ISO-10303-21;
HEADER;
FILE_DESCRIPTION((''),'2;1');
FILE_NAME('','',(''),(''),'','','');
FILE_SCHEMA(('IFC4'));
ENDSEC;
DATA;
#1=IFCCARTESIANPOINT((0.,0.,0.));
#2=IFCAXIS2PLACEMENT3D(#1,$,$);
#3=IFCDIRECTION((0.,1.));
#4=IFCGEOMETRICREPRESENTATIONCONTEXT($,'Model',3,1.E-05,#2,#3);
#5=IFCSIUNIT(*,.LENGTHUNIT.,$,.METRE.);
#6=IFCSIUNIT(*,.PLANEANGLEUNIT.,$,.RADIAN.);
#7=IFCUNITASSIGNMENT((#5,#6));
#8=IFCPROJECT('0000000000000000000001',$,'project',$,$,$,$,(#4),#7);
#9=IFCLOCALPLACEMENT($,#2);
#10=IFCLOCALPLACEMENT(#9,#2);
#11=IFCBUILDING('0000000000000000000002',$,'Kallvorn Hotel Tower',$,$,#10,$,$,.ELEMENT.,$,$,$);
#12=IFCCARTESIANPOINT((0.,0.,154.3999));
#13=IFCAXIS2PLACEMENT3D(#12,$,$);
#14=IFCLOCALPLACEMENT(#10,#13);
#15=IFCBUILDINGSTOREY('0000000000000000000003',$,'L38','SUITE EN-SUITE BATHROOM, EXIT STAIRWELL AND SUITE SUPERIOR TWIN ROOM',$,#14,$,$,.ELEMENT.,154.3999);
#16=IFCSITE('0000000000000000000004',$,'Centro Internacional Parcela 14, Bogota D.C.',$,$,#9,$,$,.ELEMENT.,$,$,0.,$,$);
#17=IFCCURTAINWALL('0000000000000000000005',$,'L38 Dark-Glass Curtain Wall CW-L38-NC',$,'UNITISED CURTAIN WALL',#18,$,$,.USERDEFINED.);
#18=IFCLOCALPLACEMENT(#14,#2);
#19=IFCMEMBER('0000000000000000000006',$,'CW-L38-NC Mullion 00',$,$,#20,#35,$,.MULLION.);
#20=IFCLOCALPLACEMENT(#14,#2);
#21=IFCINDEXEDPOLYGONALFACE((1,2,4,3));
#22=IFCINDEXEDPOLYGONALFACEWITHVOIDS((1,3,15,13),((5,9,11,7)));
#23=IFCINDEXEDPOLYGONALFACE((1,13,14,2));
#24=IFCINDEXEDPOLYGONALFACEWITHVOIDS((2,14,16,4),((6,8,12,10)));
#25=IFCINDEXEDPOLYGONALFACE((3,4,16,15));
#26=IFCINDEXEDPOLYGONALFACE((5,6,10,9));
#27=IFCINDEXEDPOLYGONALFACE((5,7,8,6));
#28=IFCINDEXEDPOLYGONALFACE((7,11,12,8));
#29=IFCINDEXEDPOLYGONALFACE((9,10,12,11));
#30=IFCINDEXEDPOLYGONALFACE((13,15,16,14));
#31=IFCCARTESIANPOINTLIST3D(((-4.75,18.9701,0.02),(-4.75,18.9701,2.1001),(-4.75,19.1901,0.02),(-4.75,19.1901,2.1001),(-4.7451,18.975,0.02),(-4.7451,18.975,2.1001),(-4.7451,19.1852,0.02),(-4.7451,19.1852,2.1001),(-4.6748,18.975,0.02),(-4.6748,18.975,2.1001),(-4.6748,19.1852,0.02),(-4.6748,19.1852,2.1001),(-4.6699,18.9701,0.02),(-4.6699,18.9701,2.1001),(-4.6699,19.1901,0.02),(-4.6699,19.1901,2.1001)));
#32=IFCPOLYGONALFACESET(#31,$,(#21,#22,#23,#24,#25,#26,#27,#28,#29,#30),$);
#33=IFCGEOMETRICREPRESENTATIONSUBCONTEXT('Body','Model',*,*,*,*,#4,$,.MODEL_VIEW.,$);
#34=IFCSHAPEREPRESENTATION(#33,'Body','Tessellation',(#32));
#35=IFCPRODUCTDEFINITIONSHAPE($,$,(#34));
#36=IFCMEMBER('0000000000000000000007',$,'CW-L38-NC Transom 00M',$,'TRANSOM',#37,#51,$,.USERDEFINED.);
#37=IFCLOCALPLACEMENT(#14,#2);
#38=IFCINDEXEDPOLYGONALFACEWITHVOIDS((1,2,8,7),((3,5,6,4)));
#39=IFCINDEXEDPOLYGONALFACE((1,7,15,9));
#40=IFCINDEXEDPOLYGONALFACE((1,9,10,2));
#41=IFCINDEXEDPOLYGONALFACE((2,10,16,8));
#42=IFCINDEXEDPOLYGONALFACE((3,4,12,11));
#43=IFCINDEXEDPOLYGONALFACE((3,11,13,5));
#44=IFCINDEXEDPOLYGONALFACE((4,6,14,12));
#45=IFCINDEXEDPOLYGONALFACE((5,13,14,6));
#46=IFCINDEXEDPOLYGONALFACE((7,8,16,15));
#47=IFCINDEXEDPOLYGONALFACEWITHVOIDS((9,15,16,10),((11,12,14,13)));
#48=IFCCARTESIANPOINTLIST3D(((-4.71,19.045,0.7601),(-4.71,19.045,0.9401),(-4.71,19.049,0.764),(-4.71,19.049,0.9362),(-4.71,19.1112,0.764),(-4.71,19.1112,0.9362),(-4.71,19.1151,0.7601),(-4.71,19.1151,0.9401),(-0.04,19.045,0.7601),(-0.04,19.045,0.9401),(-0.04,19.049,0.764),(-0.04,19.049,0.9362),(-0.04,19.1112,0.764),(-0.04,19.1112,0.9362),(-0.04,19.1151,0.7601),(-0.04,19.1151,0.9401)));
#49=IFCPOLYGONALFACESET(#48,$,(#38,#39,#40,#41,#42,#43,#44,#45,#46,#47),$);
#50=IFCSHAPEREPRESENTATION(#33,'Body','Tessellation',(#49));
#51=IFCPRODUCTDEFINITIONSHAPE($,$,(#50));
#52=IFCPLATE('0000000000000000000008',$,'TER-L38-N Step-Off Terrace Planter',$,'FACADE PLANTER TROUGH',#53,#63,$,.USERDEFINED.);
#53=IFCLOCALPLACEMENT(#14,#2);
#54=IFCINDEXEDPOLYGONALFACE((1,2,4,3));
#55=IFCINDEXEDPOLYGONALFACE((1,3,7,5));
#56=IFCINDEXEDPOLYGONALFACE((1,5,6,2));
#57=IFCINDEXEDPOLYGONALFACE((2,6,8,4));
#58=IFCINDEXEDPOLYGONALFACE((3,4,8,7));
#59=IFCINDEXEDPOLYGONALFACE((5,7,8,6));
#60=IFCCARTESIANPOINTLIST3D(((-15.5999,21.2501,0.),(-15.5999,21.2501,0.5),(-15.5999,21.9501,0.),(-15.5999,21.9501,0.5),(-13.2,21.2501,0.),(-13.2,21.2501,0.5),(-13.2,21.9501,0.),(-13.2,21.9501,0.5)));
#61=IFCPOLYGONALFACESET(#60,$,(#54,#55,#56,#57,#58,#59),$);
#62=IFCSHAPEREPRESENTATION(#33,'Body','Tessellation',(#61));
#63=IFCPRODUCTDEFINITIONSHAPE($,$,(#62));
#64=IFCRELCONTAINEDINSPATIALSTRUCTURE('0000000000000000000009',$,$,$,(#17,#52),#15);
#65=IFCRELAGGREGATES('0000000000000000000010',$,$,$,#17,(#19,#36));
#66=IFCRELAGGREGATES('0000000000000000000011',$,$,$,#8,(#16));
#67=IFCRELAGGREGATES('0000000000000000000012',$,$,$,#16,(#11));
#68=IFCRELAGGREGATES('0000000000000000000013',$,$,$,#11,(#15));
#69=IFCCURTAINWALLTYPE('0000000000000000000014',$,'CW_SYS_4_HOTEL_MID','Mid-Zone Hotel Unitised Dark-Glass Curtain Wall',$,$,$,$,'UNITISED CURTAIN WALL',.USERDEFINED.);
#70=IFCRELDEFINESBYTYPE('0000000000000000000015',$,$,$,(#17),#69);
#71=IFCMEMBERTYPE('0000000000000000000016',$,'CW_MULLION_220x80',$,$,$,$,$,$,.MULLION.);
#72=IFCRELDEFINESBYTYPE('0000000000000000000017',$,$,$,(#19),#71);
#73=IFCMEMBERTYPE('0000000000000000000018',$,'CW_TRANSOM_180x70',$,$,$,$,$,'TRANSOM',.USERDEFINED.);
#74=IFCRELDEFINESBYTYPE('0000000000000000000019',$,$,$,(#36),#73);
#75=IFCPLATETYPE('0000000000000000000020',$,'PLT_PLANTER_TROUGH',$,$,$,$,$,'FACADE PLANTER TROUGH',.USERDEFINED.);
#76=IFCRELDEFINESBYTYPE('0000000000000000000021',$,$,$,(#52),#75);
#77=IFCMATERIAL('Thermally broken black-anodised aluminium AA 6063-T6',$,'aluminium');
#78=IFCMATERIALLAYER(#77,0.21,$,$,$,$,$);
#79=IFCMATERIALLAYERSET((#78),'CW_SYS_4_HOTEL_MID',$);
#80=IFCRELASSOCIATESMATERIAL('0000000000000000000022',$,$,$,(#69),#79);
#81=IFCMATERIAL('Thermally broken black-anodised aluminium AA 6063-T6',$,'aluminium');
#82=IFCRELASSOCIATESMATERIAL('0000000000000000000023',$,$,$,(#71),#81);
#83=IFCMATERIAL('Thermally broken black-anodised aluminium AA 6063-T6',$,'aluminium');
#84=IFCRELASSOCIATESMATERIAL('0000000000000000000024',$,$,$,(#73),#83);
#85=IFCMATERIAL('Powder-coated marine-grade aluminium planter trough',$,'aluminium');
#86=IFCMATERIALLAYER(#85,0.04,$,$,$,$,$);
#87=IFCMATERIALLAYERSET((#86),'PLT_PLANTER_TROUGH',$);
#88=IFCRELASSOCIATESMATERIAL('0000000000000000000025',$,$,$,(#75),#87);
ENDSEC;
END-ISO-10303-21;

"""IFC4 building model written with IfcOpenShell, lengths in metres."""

from ifc_helpers import new_model, si_unit, direction, frame, origin, origin_2d, place, context, subcontext, project, spatial, rectangle, hollow_rectangle, extrude, material, layer, layer_set, material_profile, profile_set, type_object, element, aggregate, save


model = new_model("IFC4")

# Units and contexts
model_context = context("Model", 3, precision=1e-05, world=origin(), true_north=direction((0.0, 1.0)))
body_context = subcontext(model_context, "Body", "Model", "MODEL_VIEW")
ifc_project = project(units=[si_unit("LENGTHUNIT", "METRE"), si_unit("PLANEANGLEUNIT", "RADIAN")], contexts=[model_context])

# Site, building, storey
site_placement = place(None, origin())
site = spatial("IfcSite", under=ifc_project, at=site_placement, Name="Centro Internacional Parcela 14, Bogota D.C.", CompositionType="ELEMENT", RefElevation=0.0)
building_placement = place(site_placement, origin())
building = spatial("IfcBuilding", under=site, at=building_placement, Name="Kallvorn Hotel Tower", CompositionType="ELEMENT")
storey_placement = place(building_placement, frame((0.0, 0.0, 154.3999)))
storey = spatial("IfcBuildingStorey", under=building, at=storey_placement, Name="L38", Description="SUITE EN-SUITE BATHROOM, EXIT STAIRWELL AND SUITE SUPERIOR TWIN ROOM", CompositionType="ELEMENT", Elevation=154.3999)

# Curtain wall, members
ifc_material_1 = material(Name="Thermally broken black-anodised aluminium AA 6063-T6", Category="aluminium")
ifc_layer_1 = layer(ifc_material_1, 0.21)
ifc_layer_set_1 = layer_set([ifc_layer_1], Name="CW_SYS_4_HOTEL_MID")
curtain_wall_type = type_object("IfcCurtainWallType", Name="CW_SYS_4_HOTEL_MID", Description="Mid-Zone Hotel Unitised Dark-Glass Curtain Wall", ElementType="UNITISED CURTAIN WALL", PredefinedType="USERDEFINED", material=ifc_layer_set_1)
curtain_wall_placement = place(storey_placement, origin())
curtain_wall = element("IfcCurtainWall", 1, at=curtain_wall_placement, inside=storey, type_object=curtain_wall_type, Name="L38 Dark-Glass Curtain Wall CW-L38-NC", ObjectType="UNITISED CURTAIN WALL", PredefinedType="USERDEFINED")
ifc_material_2 = material(Name="Thermally broken black-anodised aluminium AA 6063-T6", Category="aluminium")
ifc_material_profile_1 = material_profile(ifc_material_2, hollow_rectangle(XDim=0.0801, YDim=0.22, WallThickness=0.0049, at=origin_2d()), Name="MUL 220x80")
ifc_profile_set_1 = profile_set([ifc_material_profile_1], Name="Thermally broken black-anodised aluminium AA 6063-T6")
member_type_1 = type_object("IfcMemberType", Name="CW_MULLION_220x80", PredefinedType="MULLION", material=ifc_profile_set_1)
member_1_placement = place(storey_placement, frame((-4.71, 19.0801, 0.02), z_axis=(0.0, 0.0, 1.0), x_axis=(1.0, 0.0, 0.0)))
member_1 = element("IfcMember", 2, at=member_1_placement, type_object=member_type_1, Name="CW-L38-NC Mullion 00", PredefinedType="MULLION", context=body_context, shape_type="SweptSolid", body=[
    extrude(hollow_rectangle(XDim=0.0801, YDim=0.22, WallThickness=0.0049, at=origin_2d()), origin(), (0.0, 0.0, 1.0), 2.0801),
])
ifc_material_3 = material(Name="Thermally broken black-anodised aluminium AA 6063-T6", Category="aluminium")
ifc_material_profile_2 = material_profile(ifc_material_3, hollow_rectangle(XDim=0.0701, YDim=0.1799, WallThickness=0.0039, at=origin_2d()), Name="TRN 180x70")
ifc_profile_set_2 = profile_set([ifc_material_profile_2], Name="Thermally broken black-anodised aluminium AA 6063-T6")
member_type_2 = type_object("IfcMemberType", Name="CW_TRANSOM_180x70", ElementType="TRANSOM", PredefinedType="USERDEFINED", material=ifc_profile_set_2)
member_2_placement = place(storey_placement, frame((-4.71, 19.0801, 0.8501), z_axis=(1.0, 0.0, 0.0), x_axis=(0.0, 1.0, 0.0)))
member_2 = element("IfcMember", 3, at=member_2_placement, type_object=member_type_2, Name="CW-L38-NC Transom 00M", ObjectType="TRANSOM", PredefinedType="USERDEFINED", context=body_context, shape_type="SweptSolid", body=[
    extrude(hollow_rectangle(XDim=0.0701, YDim=0.1799, WallThickness=0.0039, at=origin_2d()), origin(), (0.0, 0.0, 1.0), 4.6699),
])
aggregate(curtain_wall, [member_1, member_2])

# Plate
ifc_material_4 = material(Name="Powder-coated marine-grade aluminium planter trough", Category="aluminium")
ifc_layer_2 = layer(ifc_material_4, 0.04)
ifc_layer_set_2 = layer_set([ifc_layer_2], Name="PLT_PLANTER_TROUGH")
plate_type = type_object("IfcPlateType", Name="PLT_PLANTER_TROUGH", ElementType="FACADE PLANTER TROUGH", PredefinedType="USERDEFINED", material=ifc_layer_set_2)
plate_placement = place(storey_placement, frame((-14.3999, 21.6001, 0.0), z_axis=(0.0, 0.0, 1.0), x_axis=(1.0, 0.0, 0.0)))
element("IfcPlate", 4, at=plate_placement, inside=storey, type_object=plate_type, Name="TER-L38-N Step-Off Terrace Planter", ObjectType="FACADE PLANTER TROUGH", PredefinedType="USERDEFINED", context=body_context, shape_type="SweptSolid", body=[
    extrude(rectangle(XDim=2.3999, YDim=0.7, at=origin_2d()), origin(), (0.0, 0.0, 1.0), 0.5),
])

save(model, "model.ifc")
